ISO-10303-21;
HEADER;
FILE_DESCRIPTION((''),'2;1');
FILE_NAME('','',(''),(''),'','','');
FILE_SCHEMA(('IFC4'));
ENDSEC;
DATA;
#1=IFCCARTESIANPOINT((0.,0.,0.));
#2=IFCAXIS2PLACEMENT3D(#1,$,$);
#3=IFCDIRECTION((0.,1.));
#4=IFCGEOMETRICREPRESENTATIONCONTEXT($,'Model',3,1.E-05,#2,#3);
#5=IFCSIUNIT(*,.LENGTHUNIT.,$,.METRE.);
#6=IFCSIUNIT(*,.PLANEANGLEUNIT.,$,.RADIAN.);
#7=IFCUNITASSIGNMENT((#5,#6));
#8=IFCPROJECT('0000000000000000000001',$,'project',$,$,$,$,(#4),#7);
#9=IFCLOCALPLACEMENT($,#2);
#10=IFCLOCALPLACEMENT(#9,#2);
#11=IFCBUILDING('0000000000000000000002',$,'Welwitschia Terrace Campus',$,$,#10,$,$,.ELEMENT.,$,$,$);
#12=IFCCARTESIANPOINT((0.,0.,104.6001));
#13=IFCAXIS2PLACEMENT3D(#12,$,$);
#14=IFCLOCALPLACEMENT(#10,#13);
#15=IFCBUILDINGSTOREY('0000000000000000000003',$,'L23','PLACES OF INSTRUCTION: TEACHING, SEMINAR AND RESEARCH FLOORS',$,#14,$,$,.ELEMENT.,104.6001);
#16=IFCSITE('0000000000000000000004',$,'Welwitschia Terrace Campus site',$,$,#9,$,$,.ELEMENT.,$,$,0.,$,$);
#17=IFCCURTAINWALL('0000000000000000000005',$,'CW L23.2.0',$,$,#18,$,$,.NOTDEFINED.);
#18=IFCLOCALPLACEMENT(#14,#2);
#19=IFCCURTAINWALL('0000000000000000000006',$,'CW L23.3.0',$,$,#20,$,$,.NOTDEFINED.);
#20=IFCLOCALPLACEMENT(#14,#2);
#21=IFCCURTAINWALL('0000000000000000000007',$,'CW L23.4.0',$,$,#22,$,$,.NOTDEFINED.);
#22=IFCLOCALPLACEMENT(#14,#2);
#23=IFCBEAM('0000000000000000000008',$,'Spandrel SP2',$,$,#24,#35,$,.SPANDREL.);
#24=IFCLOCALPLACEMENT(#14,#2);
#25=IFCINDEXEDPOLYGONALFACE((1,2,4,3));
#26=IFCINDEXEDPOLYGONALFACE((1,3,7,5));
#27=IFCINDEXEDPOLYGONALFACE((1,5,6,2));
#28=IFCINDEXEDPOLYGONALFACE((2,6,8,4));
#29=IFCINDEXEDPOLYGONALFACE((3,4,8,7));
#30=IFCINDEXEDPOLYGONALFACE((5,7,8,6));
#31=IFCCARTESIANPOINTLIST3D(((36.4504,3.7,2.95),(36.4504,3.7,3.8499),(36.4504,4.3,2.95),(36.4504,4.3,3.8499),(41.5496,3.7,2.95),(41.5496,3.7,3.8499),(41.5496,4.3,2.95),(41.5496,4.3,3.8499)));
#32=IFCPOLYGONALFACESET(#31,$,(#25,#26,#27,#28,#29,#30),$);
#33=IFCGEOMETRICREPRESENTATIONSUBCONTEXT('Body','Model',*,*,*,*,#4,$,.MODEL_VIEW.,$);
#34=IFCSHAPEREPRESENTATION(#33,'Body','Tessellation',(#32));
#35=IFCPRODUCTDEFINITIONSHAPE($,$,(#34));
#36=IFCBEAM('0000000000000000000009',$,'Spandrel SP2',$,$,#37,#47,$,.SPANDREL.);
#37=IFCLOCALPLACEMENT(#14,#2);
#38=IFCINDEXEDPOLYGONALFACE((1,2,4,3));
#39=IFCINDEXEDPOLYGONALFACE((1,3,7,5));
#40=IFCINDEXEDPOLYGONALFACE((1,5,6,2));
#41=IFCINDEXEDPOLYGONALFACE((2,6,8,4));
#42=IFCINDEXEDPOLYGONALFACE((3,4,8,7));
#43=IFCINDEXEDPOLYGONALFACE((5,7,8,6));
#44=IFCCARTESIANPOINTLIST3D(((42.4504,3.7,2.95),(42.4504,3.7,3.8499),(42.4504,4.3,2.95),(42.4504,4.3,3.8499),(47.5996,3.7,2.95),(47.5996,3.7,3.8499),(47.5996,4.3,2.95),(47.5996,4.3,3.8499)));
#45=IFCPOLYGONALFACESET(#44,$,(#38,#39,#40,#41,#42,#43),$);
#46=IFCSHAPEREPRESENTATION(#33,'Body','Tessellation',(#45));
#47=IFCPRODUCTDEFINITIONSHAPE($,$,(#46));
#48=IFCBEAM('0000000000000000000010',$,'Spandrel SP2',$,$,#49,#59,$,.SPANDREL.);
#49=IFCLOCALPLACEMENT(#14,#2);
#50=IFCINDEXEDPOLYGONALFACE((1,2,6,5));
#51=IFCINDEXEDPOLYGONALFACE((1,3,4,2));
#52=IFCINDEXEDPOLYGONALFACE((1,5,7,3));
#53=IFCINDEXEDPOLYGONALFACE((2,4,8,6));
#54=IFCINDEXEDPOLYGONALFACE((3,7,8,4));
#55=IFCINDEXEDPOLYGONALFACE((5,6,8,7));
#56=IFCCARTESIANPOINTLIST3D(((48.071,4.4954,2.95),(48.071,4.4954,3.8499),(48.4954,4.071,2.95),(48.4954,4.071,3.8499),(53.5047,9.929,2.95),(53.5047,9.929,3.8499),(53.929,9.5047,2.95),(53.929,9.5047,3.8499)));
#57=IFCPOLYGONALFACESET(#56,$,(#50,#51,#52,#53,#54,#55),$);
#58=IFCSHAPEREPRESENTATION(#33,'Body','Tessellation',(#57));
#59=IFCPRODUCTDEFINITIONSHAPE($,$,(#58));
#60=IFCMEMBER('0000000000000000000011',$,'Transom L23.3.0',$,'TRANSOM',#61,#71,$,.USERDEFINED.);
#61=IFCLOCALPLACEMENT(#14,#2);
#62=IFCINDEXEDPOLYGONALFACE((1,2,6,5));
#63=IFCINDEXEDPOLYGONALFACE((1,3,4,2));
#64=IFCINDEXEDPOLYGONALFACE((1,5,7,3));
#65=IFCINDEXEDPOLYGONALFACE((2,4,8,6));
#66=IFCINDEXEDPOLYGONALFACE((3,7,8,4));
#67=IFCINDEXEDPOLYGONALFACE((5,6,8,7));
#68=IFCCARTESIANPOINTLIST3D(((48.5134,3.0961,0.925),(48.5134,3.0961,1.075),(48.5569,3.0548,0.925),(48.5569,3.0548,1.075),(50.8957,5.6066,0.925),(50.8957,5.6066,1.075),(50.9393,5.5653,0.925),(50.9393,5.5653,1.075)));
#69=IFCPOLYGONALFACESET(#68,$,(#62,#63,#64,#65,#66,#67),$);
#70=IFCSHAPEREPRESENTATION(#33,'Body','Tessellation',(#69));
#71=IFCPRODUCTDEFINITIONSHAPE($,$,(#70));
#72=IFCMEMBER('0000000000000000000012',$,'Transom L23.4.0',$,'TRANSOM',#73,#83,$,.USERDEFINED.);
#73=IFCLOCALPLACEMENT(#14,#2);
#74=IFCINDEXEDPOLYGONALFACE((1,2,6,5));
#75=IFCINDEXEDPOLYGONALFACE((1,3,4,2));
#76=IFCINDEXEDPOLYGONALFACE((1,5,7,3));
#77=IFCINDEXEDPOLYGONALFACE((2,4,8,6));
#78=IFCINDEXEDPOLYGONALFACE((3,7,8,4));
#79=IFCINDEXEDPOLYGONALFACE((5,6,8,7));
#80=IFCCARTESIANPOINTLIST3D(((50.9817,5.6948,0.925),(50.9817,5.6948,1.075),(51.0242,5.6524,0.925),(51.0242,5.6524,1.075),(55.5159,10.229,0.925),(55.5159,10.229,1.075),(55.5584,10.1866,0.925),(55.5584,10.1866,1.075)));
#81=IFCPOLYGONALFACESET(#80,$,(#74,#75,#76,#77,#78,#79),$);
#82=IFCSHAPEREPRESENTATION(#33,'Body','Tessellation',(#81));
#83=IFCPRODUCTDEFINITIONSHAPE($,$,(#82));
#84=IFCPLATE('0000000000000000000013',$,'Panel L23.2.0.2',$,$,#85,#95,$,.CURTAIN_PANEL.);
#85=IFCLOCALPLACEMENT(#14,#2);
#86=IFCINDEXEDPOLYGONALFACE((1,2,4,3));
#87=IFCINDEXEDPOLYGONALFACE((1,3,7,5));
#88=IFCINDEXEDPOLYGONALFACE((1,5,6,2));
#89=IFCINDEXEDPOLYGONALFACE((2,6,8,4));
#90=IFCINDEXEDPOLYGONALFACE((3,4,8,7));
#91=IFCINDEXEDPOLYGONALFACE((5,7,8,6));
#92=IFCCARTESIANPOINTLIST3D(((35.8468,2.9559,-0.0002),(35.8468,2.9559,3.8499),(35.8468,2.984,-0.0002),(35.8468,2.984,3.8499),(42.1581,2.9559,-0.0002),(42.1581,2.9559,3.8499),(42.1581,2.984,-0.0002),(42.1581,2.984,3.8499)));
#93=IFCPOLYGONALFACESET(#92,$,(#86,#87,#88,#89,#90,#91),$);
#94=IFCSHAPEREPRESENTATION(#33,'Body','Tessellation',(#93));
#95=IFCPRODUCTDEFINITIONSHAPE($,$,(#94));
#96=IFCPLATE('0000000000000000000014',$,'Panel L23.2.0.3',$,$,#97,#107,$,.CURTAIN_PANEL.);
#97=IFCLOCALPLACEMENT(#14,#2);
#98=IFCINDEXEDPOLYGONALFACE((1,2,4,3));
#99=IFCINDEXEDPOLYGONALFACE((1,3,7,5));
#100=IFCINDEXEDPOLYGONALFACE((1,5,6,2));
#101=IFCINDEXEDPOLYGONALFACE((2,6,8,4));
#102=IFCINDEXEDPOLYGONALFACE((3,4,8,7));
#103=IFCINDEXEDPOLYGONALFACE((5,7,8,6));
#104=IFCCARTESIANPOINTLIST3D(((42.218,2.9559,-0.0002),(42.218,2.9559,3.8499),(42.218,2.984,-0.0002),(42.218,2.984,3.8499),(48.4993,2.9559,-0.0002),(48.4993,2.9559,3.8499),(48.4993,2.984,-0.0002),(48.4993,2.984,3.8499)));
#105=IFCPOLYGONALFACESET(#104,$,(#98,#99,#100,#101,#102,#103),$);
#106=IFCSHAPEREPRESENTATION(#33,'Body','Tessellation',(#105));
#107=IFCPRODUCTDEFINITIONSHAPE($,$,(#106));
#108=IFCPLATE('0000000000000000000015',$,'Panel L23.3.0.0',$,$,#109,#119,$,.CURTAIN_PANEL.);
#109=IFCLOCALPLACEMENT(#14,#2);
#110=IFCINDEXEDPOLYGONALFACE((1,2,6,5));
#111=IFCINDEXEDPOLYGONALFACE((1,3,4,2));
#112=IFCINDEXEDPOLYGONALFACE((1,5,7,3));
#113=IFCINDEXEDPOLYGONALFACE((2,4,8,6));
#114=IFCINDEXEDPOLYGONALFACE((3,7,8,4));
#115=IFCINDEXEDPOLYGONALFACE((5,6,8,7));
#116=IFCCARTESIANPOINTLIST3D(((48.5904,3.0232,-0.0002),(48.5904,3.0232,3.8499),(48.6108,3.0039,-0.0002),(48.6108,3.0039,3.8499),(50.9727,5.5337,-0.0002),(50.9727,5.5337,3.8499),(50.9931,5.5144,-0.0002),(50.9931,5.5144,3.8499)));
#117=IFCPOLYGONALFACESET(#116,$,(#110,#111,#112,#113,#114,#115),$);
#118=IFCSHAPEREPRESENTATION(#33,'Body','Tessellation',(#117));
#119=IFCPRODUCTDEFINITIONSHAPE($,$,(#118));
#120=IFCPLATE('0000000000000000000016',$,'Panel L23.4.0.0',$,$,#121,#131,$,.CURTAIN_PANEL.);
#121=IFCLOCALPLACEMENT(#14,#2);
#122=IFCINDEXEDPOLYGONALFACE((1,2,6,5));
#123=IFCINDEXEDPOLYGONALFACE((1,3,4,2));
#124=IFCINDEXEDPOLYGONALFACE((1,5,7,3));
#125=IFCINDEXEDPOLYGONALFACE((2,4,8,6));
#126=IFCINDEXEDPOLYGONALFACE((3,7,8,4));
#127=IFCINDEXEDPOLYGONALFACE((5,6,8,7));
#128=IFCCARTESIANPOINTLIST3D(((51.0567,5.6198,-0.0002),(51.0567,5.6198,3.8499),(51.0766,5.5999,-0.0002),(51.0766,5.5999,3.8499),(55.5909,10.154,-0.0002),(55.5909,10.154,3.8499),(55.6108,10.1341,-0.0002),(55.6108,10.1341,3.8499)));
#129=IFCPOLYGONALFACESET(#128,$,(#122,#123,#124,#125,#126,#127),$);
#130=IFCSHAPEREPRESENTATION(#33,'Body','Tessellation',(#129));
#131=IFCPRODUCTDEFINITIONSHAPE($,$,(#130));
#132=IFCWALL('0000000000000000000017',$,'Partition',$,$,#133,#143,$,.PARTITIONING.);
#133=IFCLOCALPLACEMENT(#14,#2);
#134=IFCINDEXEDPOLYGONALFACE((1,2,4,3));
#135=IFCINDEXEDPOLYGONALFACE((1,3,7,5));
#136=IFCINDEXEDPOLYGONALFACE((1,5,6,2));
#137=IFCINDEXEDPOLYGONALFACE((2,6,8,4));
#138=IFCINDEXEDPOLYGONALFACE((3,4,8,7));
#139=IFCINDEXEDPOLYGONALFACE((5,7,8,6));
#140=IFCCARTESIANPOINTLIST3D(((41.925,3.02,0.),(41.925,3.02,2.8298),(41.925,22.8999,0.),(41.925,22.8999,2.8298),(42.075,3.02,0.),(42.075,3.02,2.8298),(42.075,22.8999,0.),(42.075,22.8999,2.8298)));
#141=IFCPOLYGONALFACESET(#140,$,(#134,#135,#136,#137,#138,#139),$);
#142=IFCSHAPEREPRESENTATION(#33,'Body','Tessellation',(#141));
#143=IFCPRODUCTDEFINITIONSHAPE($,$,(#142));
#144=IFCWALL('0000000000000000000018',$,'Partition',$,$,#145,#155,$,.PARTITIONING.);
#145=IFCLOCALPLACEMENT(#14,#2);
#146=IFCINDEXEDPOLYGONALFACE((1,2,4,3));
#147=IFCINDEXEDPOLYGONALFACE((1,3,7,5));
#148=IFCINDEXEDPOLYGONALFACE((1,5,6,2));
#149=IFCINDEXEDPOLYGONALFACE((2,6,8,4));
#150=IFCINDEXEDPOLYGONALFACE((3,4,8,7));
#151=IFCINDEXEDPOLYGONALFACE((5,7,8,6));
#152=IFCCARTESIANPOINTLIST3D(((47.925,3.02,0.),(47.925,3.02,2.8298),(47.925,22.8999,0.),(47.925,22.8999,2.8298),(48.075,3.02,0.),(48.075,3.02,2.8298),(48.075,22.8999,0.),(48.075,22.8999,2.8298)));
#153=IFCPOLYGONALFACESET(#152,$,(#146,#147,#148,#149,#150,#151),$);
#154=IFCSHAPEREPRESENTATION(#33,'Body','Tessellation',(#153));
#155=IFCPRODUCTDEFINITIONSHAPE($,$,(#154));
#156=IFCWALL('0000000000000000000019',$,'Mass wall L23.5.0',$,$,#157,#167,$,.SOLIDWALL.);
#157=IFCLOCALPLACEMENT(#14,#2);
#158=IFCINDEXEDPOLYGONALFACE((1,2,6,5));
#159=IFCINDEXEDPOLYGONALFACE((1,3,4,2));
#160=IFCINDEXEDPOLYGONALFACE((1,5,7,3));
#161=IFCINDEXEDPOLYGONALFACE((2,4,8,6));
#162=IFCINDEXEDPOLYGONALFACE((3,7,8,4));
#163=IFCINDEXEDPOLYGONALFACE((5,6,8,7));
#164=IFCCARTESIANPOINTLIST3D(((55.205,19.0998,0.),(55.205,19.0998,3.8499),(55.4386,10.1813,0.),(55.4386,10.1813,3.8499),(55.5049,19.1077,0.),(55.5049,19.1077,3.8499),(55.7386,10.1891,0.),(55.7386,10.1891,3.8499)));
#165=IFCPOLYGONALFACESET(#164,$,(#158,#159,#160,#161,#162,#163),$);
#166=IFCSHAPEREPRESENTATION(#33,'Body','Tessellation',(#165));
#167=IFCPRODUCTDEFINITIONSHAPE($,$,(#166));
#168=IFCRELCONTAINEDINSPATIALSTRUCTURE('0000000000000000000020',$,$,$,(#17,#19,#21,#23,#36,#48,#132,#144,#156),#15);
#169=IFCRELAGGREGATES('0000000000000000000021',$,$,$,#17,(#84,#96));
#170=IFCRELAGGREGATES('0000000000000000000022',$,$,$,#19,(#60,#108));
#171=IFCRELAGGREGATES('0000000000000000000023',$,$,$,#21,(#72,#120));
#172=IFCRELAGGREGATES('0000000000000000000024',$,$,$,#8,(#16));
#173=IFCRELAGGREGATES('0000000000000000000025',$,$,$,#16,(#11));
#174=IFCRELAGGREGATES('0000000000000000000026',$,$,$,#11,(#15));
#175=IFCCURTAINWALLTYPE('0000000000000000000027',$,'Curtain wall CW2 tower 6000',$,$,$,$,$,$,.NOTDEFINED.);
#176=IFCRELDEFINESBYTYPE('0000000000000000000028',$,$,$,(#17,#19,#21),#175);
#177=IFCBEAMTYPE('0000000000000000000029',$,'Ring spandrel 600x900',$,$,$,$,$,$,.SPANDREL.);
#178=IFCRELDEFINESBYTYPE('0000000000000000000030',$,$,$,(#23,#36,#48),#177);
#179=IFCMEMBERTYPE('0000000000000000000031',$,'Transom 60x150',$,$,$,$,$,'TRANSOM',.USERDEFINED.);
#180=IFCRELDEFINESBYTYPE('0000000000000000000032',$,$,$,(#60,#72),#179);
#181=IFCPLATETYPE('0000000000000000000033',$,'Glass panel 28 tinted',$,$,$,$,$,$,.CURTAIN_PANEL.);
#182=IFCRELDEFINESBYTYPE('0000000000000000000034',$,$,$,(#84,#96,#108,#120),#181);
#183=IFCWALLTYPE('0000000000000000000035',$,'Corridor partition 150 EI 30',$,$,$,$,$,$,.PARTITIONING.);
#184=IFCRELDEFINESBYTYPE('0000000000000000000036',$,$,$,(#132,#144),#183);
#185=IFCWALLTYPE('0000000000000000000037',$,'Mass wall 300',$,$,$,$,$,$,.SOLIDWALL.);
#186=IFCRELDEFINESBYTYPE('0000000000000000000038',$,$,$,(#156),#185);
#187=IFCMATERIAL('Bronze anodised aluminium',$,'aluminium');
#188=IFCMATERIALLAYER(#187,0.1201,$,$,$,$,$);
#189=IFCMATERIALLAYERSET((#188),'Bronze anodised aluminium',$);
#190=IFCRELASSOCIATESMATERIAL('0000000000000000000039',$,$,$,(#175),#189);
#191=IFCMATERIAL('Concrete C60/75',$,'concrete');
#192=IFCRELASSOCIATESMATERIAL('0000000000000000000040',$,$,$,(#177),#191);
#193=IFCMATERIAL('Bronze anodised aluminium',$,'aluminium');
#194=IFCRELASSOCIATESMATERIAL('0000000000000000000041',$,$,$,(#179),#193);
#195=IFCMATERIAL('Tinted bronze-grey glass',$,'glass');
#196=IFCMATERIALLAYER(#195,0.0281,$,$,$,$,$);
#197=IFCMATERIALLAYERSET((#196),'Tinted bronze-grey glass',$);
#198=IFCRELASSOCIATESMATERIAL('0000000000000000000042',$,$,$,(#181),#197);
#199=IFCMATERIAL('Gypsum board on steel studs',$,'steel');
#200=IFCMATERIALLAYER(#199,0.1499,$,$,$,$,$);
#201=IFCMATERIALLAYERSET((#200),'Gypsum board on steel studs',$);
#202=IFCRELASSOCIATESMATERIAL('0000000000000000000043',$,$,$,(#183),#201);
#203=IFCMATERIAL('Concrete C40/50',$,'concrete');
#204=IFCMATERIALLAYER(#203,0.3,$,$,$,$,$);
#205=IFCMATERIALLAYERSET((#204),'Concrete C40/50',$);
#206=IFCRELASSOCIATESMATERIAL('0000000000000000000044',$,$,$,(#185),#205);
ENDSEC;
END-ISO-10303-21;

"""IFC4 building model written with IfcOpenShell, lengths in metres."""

from ifc_helpers import new_model, si_unit, direction, frame, frame_2d, origin, origin_2d, place, context, subcontext, project, spatial, rectangle, extrude, material, layer, layer_set, material_profile, profile_set, type_object, element, aggregate, save


model = new_model("IFC4")

# Units and contexts
model_context = context("Model", 3, precision=1e-05, world=origin(), true_north=direction((0.0, 1.0)))
body_context = subcontext(model_context, "Body", "Model", "MODEL_VIEW")
ifc_project = project(units=[si_unit("LENGTHUNIT", "METRE"), si_unit("PLANEANGLEUNIT", "RADIAN")], contexts=[model_context])

# Site, building, storey
site_placement = place(None, origin())
site = spatial("IfcSite", under=ifc_project, at=site_placement, Name="Welwitschia Terrace Campus site", CompositionType="ELEMENT", RefElevation=0.0)
building_placement = place(site_placement, origin())
building = spatial("IfcBuilding", under=site, at=building_placement, Name="Welwitschia Terrace Campus", CompositionType="ELEMENT")
storey_placement = place(building_placement, frame((0.0, 0.0, 104.6001)))
storey = spatial("IfcBuildingStorey", under=building, at=storey_placement, Name="L23", Description="PLACES OF INSTRUCTION: TEACHING, SEMINAR AND RESEARCH FLOORS", CompositionType="ELEMENT", Elevation=104.6001)

# Curtain walls
ifc_material_1 = material(Name="Bronze anodised aluminium", Category="aluminium")
ifc_layer_1 = layer(ifc_material_1, 0.1201)
ifc_layer_set_1 = layer_set([ifc_layer_1], Name="Bronze anodised aluminium")
curtain_wall_type = type_object("IfcCurtainWallType", Name="Curtain wall CW2 tower 6000", PredefinedType="NOTDEFINED", material=ifc_layer_set_1)
curtain_wall_1_placement = place(storey_placement, origin())
curtain_wall_1 = element("IfcCurtainWall", 1, at=curtain_wall_1_placement, inside=storey, type_object=curtain_wall_type, Name="CW L23.2.0", PredefinedType="NOTDEFINED")
curtain_wall_2_placement = place(storey_placement, origin())
curtain_wall_2 = element("IfcCurtainWall", 2, at=curtain_wall_2_placement, inside=storey, type_object=curtain_wall_type, Name="CW L23.3.0", PredefinedType="NOTDEFINED")
curtain_wall_3_placement = place(storey_placement, origin())
curtain_wall_3 = element("IfcCurtainWall", 3, at=curtain_wall_3_placement, inside=storey, type_object=curtain_wall_type, Name="CW L23.4.0", PredefinedType="NOTDEFINED")

# Beams
ifc_material_2 = material(Name="Concrete C60/75", Category="concrete")
ifc_material_profile_1 = material_profile(ifc_material_2, rectangle(XDim=0.6001, YDim=0.8999, at=origin_2d()))
ifc_profile_set_1 = profile_set([ifc_material_profile_1], Name="Concrete C60/75")
beam_type = type_object("IfcBeamType", Name="Ring spandrel 600x900", PredefinedType="SPANDREL", material=ifc_profile_set_1)
beam_1_placement = place(storey_placement, frame((36.4504, 4.0, 3.3999), z_axis=(1.0, 0.0, 0.0), x_axis=(0.0, 1.0, 0.0)))
element("IfcBeam", 4, at=beam_1_placement, inside=storey, type_object=beam_type, Name="Spandrel SP2", PredefinedType="SPANDREL", context=body_context, shape_type="SweptSolid", body=[
    extrude(rectangle(XDim=0.6001, YDim=0.8999, at=origin_2d()), origin(), (0.0, 0.0, 1.0), 5.0991),
])
beam_2_placement = place(storey_placement, frame((42.4504, 4.0, 3.3999), z_axis=(1.0, 0.0, 0.0), x_axis=(0.0, 1.0, 0.0)))
element("IfcBeam", 5, at=beam_2_placement, inside=storey, type_object=beam_type, Name="Spandrel SP2", PredefinedType="SPANDREL", context=body_context, shape_type="SweptSolid", body=[
    extrude(rectangle(XDim=0.6001, YDim=0.8999, at=origin_2d()), origin(), (0.0, 0.0, 1.0), 5.1492),
])
beam_3_placement = place(storey_placement, frame((48.2832, 4.2832, 3.3999), z_axis=(0.707107, 0.707107, 0.0), x_axis=(-0.707107, 0.707107, 0.0)))
element("IfcBeam", 6, at=beam_3_placement, inside=storey, type_object=beam_type, Name="Spandrel SP2", PredefinedType="SPANDREL", context=body_context, shape_type="SweptSolid", body=[
    extrude(rectangle(XDim=0.6001, YDim=0.8999, at=origin_2d()), origin(), (0.0, 0.0, 1.0), 7.6843),
])

# Members
ifc_material_3 = material(Name="Bronze anodised aluminium", Category="aluminium")
ifc_material_profile_2 = material_profile(ifc_material_3, rectangle(XDim=0.0601, YDim=0.1499, at=origin_2d()))
ifc_profile_set_2 = profile_set([ifc_material_profile_2], Name="Bronze anodised aluminium")
member_type_1 = type_object("IfcMemberType", Name="Transom 60x150", ElementType="TRANSOM", PredefinedType="USERDEFINED", material=ifc_profile_set_2)
member_1_placement = place(storey_placement, frame((48.5352, 3.0754, 1.0), z_axis=(0.688347, 0.725382, 0.0), x_axis=(-0.725382, 0.688347, 0.0)))
member_1 = element("IfcMember", 7, at=member_1_placement, type_object=member_type_1, Name="Transom L23.3.0", ObjectType="TRANSOM", PredefinedType="USERDEFINED", context=body_context, shape_type="SweptSolid", body=[
    extrude(rectangle(XDim=0.0601, YDim=0.1499, at=origin_2d()), origin(), (0.0, 0.0, 1.0), 3.4609),
])
member_2_placement = place(storey_placement, frame((51.0029, 5.6736, 1.0), z_axis=(0.707107, 0.707107, 0.0), x_axis=(-0.707107, 0.707107, 0.0)))
member_2 = element("IfcMember", 8, at=member_2_placement, type_object=member_type_1, Name="Transom L23.4.0", ObjectType="TRANSOM", PredefinedType="USERDEFINED", context=body_context, shape_type="SweptSolid", body=[
    extrude(rectangle(XDim=0.0601, YDim=0.1499, at=origin_2d()), origin(), (0.0, 0.0, 1.0), 6.4124),
])

# Plates
ifc_material_4 = material(Name="Tinted bronze-grey glass", Category="glass")
ifc_layer_2 = layer(ifc_material_4, 0.0281)
ifc_layer_set_2 = layer_set([ifc_layer_2], Name="Tinted bronze-grey glass")
plate_type = type_object("IfcPlateType", Name="Glass panel 28 tinted", PredefinedType="CURTAIN_PANEL", material=ifc_layer_set_2)
plate_1_placement = place(storey_placement, frame((39.0024, 2.97, -0.0002), z_axis=(0.0, 0.0, 1.0), x_axis=(1.0, 0.0, 0.0)))
plate_1 = element("IfcPlate", 9, at=plate_1_placement, type_object=plate_type, Name="Panel L23.2.0.2", PredefinedType="CURTAIN_PANEL", context=body_context, shape_type="SweptSolid", body=[
    extrude(rectangle(XDim=6.3113, YDim=0.0281, at=origin_2d()), origin(), (0.0, 0.0, 1.0), 3.8501),
])
plate_2_placement = place(storey_placement, frame((45.3586, 2.97, -0.0002), z_axis=(0.0, 0.0, 1.0), x_axis=(1.0, 0.0, 0.0)))
plate_2 = element("IfcPlate", 10, at=plate_2_placement, type_object=plate_type, Name="Panel L23.2.0.3", PredefinedType="CURTAIN_PANEL", context=body_context, shape_type="SweptSolid", body=[
    extrude(rectangle(XDim=6.2812, YDim=0.0281, at=origin_2d()), origin(), (0.0, 0.0, 1.0), 3.8501),
])
aggregate(curtain_wall_1, [plate_1, plate_2])
plate_3_placement = place(storey_placement, frame((49.7917, 4.2688, -0.0002), z_axis=(0.0, 0.0, 1.0), x_axis=(0.688355, 0.725374, 0.0)))
plate_3 = element("IfcPlate", 11, at=plate_3_placement, type_object=plate_type, Name="Panel L23.3.0.0", PredefinedType="CURTAIN_PANEL", context=body_context, shape_type="SweptSolid", body=[
    extrude(rectangle(XDim=3.4609, YDim=0.0281, at=origin_2d()), origin(), (0.0, 0.0, 1.0), 3.8501),
])
aggregate(curtain_wall_2, [member_1, plate_3])
plate_4_placement = place(storey_placement, frame((53.3337, 7.877, -0.0002), z_axis=(0.0, 0.0, 1.0), x_axis=(0.707107, 0.707107, 0.0)))
plate_4 = element("IfcPlate", 12, at=plate_4_placement, type_object=plate_type, Name="Panel L23.4.0.0", PredefinedType="CURTAIN_PANEL", context=body_context, shape_type="SweptSolid", body=[
    extrude(rectangle(XDim=6.4124, YDim=0.0281, at=origin_2d()), origin(), (0.0, 0.0, 1.0), 3.8501),
])
aggregate(curtain_wall_3, [member_2, plate_4])

# Walls
ifc_material_5 = material(Name="Gypsum board on steel studs", Category="steel")
ifc_layer_3 = layer(ifc_material_5, 0.1499)
ifc_layer_set_3 = layer_set([ifc_layer_3], Name="Gypsum board on steel studs")
wall_type_1 = type_object("IfcWallType", Name="Corridor partition 150 EI 30", PredefinedType="PARTITIONING", material=ifc_layer_set_3)
for number, where, z_axis, x_axis, name in (
    (13, (42.0, 3.02, 0.0), (0.0, 0.0, 1.0), (0.0, 1.0, 0.0), "Partition"),
    (14, (48.0, 3.02, 0.0), (0.0, 0.0, 1.0), (0.0, 1.0, 0.0), "Partition"),
):
    element("IfcWall", number, at=place(storey_placement, frame(where, z_axis=z_axis, x_axis=x_axis)), inside=storey, type_object=wall_type_1, Name=name, PredefinedType="PARTITIONING", context=body_context, shape_type="SweptSolid", body=[
        extrude(rectangle(XDim=19.8799, YDim=0.1499, at=frame_2d((9.9399, 0.0))), origin(), (0.0, 0.0, 1.0), 2.8298),
    ])
ifc_material_6 = material(Name="Concrete C40/50", Category="concrete")
ifc_layer_4 = layer(ifc_material_6, 0.3)
ifc_layer_set_4 = layer_set([ifc_layer_4], Name="Concrete C40/50")
wall_type_2 = type_object("IfcWallType", Name="Mass wall 300", PredefinedType="SOLIDWALL", material=ifc_layer_set_4)
wall_placement = place(storey_placement, frame((55.5886, 10.1851, 0.0), z_axis=(0.0, 0.0, 1.0), x_axis=(-0.026189, 0.999657, 0.0)))
element("IfcWall", 15, at=wall_placement, inside=storey, type_object=wall_type_2, Name="Mass wall L23.5.0", PredefinedType="SOLIDWALL", context=body_context, shape_type="SweptSolid", body=[
    extrude(rectangle(XDim=8.9216, YDim=0.3, at=frame_2d((4.4609, 0.0))), origin(), (0.0, 0.0, 1.0), 3.8499),
])

save(model, "model.ifc")
